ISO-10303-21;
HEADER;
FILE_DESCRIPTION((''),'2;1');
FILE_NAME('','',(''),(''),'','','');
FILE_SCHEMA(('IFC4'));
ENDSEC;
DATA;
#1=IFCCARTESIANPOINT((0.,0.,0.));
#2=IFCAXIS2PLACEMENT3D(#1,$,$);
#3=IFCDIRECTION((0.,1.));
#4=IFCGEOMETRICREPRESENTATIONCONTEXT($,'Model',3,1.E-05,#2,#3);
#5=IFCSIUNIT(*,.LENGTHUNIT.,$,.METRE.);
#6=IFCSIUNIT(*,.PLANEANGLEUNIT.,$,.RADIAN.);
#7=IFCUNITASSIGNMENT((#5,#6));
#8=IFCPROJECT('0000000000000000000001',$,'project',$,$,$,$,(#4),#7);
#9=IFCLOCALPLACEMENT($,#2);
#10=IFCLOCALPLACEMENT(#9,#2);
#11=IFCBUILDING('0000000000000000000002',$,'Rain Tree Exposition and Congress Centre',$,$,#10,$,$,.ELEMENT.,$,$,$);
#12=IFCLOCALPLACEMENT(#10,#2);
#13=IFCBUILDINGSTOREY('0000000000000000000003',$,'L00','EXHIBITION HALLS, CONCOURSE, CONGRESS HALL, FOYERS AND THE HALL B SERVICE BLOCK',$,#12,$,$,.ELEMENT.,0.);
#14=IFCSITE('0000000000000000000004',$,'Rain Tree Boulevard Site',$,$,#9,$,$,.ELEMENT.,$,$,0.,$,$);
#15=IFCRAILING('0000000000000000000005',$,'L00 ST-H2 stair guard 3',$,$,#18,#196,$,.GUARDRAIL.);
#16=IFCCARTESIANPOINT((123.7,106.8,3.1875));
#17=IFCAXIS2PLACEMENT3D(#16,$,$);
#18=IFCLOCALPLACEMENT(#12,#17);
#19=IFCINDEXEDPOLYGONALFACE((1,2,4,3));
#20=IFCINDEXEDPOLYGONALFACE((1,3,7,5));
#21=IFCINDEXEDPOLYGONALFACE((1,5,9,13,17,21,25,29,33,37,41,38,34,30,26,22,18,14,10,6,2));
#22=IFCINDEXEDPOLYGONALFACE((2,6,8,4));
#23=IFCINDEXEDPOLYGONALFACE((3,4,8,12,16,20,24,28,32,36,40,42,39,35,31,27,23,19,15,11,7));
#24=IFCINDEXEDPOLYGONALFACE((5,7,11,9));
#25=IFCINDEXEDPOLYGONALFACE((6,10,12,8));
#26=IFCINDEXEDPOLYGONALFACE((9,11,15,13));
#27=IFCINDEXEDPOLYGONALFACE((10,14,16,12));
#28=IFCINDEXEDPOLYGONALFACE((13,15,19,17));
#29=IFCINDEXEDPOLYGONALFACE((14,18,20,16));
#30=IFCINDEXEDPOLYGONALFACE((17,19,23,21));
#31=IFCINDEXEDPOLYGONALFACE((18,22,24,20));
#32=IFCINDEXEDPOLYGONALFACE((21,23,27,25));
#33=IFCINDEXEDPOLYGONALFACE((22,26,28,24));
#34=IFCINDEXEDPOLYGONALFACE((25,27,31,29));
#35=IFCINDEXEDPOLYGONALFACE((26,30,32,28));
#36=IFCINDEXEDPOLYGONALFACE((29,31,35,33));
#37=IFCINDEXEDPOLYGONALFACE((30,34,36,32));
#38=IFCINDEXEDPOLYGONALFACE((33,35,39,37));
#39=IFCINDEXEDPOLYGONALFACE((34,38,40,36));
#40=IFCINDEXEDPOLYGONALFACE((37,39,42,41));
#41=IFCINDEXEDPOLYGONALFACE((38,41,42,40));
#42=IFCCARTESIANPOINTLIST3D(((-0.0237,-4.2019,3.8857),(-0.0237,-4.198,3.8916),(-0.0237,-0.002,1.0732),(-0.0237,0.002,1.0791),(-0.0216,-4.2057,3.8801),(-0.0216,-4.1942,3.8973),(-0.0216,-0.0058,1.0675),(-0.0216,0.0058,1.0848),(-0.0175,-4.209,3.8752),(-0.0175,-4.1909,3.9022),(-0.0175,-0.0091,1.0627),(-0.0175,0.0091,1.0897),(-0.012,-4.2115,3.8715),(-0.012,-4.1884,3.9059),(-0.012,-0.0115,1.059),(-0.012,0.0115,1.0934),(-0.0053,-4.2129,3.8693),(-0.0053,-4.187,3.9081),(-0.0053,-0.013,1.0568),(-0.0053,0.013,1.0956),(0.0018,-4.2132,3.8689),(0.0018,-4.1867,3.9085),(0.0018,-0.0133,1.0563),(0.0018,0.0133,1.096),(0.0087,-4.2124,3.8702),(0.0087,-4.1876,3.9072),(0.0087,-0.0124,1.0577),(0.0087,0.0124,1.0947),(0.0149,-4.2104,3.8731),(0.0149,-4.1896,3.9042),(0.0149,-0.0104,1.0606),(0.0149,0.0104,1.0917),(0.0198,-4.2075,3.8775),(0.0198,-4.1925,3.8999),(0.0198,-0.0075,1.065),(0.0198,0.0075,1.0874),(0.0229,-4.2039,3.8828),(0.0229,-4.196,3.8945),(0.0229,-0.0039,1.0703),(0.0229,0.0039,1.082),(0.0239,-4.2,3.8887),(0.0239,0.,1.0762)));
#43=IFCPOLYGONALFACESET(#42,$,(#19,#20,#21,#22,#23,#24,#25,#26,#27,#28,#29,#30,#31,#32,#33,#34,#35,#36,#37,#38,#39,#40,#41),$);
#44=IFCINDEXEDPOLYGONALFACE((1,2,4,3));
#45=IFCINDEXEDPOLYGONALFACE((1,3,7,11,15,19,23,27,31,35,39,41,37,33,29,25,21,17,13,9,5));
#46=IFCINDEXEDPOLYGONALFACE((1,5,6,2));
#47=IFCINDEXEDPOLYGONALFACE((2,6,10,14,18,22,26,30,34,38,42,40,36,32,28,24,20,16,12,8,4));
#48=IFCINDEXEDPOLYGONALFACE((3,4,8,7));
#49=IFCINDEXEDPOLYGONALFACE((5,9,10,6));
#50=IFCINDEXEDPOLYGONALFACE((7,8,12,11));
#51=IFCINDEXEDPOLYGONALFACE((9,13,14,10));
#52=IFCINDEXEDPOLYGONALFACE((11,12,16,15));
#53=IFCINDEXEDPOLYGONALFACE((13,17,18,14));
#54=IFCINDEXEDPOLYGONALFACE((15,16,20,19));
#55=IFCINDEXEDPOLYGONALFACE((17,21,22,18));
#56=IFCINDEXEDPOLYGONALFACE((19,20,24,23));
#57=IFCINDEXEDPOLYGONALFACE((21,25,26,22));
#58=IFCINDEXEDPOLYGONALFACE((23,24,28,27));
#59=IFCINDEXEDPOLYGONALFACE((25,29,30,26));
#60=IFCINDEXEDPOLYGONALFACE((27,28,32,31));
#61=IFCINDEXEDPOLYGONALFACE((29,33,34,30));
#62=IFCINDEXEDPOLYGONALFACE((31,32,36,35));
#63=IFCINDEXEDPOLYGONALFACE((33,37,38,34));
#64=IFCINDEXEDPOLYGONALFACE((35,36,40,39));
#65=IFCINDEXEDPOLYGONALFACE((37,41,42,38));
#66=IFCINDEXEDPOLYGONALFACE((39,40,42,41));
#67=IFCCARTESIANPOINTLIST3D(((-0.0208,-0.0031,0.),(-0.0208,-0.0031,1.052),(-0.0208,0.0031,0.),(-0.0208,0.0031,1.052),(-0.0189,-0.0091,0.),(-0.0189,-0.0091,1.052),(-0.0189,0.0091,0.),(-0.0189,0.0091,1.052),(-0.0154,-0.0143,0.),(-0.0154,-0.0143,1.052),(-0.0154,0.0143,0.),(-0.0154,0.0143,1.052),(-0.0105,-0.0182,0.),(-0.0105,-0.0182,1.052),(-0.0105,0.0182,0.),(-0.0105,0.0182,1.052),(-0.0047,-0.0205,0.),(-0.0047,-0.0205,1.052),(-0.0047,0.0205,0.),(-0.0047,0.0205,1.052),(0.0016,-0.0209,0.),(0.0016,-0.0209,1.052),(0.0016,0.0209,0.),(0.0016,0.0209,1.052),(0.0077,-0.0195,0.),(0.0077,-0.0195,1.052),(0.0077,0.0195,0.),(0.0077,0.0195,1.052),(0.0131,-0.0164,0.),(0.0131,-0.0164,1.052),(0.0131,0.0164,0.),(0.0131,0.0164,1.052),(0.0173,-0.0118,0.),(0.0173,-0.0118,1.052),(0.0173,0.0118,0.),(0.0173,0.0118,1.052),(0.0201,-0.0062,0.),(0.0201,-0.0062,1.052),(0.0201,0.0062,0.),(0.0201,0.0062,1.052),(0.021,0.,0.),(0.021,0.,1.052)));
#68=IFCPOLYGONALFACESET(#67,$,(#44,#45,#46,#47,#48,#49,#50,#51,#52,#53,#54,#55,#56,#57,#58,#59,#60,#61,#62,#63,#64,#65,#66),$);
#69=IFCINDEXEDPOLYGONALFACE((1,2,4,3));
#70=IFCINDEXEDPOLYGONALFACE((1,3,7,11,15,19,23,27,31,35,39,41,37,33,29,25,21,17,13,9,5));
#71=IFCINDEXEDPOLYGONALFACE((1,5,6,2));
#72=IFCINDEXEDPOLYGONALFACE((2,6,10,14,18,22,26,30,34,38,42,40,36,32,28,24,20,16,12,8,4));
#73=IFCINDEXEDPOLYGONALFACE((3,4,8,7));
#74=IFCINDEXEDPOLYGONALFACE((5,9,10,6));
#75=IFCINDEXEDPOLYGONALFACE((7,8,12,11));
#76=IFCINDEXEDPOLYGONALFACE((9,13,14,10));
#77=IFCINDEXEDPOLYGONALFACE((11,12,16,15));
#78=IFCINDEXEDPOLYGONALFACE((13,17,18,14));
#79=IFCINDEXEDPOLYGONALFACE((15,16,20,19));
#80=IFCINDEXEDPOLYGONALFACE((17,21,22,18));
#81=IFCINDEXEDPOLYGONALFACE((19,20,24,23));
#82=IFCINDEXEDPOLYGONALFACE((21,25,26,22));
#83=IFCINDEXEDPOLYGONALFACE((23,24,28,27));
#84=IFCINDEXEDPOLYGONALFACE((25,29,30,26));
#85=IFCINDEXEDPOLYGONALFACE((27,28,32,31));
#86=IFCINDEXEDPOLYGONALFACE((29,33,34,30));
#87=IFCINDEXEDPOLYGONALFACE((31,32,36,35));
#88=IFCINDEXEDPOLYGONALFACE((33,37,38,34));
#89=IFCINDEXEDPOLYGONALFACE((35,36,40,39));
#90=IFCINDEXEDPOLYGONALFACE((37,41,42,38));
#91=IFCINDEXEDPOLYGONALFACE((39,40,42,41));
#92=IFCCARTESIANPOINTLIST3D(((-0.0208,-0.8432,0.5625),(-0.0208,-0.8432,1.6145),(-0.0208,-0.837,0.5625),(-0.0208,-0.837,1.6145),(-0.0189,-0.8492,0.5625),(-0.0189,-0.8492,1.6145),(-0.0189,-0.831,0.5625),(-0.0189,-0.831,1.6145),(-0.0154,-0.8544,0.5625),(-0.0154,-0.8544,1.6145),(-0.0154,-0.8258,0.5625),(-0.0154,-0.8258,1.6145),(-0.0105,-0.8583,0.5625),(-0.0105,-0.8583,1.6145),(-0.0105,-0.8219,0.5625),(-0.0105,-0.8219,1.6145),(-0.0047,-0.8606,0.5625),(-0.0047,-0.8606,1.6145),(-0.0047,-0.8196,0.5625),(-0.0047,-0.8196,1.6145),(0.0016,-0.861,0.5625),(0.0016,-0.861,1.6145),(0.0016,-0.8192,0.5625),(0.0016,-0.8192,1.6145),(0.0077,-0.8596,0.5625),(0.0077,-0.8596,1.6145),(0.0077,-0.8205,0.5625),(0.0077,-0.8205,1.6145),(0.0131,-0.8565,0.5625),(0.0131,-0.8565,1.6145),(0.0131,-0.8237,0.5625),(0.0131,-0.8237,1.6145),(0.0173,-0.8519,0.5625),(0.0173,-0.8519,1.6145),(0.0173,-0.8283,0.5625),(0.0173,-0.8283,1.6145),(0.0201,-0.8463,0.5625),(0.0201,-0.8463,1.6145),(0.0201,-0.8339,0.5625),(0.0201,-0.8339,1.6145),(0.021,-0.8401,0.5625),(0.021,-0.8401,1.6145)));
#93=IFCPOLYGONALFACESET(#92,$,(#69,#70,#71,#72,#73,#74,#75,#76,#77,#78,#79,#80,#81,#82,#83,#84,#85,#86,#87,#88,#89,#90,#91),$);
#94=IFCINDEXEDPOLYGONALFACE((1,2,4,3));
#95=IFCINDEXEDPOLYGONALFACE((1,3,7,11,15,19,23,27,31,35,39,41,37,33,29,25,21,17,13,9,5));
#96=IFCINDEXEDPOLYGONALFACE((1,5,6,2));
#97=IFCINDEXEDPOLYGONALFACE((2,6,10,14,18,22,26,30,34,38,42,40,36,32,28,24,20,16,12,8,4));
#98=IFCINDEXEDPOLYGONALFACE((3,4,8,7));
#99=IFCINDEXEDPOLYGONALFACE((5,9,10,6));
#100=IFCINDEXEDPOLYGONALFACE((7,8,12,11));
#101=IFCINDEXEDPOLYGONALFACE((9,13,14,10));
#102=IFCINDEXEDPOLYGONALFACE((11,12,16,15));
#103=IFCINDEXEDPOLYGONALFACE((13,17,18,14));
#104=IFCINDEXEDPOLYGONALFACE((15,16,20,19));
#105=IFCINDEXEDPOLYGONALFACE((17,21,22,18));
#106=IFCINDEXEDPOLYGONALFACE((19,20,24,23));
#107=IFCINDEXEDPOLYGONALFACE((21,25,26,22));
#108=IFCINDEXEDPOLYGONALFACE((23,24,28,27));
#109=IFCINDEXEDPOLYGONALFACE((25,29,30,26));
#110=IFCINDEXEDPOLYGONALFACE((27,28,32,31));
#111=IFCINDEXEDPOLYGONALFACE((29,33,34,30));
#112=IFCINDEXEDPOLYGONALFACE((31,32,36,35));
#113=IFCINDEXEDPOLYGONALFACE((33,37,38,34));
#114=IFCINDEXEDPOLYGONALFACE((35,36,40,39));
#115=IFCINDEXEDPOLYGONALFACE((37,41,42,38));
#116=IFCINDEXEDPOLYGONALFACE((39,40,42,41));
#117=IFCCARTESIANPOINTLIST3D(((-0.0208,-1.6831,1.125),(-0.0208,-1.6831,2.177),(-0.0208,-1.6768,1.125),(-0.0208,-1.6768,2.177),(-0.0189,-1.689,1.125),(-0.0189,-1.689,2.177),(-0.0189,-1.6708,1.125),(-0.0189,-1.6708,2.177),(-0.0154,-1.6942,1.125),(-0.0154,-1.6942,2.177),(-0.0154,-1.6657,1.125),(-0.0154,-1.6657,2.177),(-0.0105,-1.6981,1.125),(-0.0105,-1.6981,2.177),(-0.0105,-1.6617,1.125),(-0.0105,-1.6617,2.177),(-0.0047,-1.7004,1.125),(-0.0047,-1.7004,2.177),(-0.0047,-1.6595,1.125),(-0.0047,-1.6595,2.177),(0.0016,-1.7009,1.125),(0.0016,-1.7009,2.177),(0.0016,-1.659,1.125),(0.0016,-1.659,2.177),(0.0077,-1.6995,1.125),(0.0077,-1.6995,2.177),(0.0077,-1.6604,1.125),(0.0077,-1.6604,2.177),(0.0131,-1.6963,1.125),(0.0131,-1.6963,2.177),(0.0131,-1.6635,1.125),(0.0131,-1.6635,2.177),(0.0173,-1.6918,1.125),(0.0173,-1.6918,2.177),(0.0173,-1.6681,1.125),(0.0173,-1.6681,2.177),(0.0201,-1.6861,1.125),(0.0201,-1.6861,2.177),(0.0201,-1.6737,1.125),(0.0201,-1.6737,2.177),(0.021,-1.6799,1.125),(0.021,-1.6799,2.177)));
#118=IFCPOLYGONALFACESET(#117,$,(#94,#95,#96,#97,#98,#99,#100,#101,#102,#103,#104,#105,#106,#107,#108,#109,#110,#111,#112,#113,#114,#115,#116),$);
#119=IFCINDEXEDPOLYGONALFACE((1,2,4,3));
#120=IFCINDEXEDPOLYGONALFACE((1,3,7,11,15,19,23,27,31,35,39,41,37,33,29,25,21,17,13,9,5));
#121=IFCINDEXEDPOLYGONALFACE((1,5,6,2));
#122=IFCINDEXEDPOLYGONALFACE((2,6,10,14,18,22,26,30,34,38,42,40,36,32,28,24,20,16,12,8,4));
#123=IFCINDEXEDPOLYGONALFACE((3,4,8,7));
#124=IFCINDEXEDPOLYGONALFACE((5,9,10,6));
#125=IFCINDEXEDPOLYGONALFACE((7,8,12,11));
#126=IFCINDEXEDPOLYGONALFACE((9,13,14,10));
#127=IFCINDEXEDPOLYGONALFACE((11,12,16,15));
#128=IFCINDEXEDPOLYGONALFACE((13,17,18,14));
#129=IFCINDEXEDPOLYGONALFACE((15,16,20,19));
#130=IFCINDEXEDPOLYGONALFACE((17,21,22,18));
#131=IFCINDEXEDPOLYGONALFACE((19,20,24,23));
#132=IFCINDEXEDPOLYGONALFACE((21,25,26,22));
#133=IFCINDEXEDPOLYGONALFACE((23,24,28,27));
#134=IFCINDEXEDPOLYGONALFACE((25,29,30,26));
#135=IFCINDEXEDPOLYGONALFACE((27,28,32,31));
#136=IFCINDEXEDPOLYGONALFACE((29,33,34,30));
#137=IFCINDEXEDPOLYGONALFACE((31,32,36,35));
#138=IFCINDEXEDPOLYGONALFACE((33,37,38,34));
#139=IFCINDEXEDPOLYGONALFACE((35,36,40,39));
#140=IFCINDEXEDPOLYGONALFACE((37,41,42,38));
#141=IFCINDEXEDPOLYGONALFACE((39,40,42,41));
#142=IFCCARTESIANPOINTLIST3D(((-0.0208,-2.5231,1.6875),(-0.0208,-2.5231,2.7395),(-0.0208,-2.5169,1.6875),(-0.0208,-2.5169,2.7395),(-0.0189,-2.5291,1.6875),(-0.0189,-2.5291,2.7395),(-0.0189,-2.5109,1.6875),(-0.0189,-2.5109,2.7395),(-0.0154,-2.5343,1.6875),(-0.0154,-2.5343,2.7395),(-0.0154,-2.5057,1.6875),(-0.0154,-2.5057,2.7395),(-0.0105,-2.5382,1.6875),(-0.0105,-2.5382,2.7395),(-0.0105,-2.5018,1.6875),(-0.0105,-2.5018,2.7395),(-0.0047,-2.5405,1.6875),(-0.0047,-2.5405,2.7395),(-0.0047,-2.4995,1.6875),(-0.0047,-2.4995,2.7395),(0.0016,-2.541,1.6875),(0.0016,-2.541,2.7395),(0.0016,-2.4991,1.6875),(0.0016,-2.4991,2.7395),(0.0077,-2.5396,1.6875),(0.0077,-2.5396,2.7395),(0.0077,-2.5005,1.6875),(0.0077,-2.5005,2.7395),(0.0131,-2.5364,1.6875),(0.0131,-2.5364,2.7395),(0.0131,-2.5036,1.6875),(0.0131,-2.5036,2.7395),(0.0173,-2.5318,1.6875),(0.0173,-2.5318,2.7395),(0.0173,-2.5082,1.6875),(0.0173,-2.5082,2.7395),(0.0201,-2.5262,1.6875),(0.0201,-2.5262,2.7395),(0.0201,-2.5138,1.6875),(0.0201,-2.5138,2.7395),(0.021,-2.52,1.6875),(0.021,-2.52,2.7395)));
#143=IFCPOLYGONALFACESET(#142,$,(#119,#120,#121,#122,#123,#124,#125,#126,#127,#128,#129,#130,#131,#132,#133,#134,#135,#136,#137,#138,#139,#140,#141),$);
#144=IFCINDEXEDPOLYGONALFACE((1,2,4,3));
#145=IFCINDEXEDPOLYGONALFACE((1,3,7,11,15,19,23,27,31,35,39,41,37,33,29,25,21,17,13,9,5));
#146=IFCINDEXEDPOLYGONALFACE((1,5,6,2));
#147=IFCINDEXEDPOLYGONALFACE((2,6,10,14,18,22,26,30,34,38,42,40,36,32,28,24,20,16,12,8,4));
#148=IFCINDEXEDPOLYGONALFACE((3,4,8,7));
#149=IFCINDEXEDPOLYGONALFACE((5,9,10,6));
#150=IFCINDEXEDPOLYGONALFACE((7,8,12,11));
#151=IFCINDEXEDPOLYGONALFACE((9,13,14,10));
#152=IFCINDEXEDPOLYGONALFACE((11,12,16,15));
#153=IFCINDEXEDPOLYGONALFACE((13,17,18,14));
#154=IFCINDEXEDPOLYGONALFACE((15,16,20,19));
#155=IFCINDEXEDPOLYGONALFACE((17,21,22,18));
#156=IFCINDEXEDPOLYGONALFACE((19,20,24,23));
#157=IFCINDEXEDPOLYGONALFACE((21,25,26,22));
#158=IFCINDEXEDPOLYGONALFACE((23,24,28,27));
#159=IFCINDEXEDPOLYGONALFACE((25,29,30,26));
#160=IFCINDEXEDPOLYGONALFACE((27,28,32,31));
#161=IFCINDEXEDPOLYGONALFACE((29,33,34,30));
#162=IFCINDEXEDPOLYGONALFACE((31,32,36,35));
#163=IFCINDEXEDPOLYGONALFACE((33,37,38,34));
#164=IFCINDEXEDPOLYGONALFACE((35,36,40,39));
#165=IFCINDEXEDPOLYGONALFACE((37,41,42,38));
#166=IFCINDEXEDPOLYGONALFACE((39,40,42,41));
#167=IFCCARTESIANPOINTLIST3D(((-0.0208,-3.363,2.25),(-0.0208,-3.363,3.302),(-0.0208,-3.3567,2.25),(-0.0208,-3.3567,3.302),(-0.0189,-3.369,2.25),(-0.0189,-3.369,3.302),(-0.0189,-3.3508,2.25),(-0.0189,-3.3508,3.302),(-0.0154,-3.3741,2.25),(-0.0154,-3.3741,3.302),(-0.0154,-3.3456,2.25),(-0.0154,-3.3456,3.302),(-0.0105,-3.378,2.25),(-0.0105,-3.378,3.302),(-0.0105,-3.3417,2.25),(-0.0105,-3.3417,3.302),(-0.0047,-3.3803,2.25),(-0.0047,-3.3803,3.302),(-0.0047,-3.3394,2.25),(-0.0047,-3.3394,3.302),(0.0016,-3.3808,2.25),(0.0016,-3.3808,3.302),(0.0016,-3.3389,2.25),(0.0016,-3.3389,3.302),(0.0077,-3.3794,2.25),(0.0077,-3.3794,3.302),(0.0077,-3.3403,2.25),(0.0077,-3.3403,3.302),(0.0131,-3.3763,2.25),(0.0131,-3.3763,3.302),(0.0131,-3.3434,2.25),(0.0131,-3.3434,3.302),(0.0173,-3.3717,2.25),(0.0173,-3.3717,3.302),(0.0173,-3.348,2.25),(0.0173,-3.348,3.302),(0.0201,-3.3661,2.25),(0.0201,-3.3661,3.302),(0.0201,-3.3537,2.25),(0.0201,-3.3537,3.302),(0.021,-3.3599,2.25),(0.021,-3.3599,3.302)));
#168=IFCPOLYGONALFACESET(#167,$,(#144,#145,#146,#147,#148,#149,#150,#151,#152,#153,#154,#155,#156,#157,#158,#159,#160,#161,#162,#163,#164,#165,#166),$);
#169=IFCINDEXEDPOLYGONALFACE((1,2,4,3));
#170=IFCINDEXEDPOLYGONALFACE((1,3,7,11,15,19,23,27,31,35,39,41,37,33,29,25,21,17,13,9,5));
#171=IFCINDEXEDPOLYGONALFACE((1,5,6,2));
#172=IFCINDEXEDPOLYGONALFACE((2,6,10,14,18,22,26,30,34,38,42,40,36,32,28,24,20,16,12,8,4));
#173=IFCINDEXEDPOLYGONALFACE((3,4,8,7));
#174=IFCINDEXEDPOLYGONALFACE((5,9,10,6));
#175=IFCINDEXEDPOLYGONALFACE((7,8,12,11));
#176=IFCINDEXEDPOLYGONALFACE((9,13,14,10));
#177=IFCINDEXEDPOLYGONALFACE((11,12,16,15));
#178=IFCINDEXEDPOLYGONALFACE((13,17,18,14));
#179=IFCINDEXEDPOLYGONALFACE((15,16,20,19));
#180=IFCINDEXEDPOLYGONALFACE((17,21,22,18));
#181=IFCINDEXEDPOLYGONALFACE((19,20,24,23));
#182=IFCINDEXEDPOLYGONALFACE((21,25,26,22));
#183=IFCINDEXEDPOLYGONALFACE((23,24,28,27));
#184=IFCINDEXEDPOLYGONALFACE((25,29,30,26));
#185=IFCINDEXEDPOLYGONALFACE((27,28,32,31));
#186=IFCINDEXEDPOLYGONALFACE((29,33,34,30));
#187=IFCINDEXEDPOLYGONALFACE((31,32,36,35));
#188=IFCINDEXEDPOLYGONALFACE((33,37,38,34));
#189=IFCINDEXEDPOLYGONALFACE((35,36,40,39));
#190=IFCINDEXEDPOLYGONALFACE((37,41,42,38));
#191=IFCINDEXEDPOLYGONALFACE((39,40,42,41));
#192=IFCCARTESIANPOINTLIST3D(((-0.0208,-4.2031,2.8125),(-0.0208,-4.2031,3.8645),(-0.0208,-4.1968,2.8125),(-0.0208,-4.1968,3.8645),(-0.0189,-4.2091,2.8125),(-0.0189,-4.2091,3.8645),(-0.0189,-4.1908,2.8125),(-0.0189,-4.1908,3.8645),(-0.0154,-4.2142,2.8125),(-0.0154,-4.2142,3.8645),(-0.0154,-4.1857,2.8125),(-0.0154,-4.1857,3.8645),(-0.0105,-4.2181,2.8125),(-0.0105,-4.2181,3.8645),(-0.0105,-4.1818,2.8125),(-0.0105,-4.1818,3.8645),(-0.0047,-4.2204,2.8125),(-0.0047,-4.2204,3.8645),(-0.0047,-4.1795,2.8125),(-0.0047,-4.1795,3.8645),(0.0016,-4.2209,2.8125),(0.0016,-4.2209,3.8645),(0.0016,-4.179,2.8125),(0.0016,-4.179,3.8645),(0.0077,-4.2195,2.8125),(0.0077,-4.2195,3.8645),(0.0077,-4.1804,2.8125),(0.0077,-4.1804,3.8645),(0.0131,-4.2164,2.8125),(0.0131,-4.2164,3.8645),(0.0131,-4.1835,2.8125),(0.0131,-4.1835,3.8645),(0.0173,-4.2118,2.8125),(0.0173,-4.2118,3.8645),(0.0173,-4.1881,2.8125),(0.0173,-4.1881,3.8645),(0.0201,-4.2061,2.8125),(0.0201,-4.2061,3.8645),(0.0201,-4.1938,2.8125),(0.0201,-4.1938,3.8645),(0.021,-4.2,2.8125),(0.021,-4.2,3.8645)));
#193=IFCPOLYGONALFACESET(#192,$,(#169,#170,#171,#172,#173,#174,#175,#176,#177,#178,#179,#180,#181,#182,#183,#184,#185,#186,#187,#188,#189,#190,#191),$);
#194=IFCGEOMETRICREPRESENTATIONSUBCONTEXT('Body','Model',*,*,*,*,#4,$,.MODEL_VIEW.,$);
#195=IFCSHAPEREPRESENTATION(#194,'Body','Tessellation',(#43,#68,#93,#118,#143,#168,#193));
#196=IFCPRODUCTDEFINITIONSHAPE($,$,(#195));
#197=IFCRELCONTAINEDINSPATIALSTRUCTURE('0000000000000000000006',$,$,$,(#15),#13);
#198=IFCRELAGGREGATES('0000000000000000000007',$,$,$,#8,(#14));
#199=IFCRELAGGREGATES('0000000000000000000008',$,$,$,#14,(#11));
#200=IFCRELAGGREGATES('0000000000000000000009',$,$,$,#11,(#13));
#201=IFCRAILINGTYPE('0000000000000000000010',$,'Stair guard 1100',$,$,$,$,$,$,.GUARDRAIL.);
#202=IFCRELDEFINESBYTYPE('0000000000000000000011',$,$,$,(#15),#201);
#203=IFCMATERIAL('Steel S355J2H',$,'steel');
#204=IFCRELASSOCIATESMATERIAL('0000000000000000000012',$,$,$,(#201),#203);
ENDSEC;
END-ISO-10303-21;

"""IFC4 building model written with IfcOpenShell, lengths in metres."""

from ifc_helpers import new_model, si_unit, direction, frame, origin, origin_2d, place, context, subcontext, project, spatial, circle, extrude, material, type_object, element, save


model = new_model("IFC4")

# Units and contexts
model_context = context("Model", 3, precision=1e-05, world=origin(), true_north=direction((0.0, 1.0)))
body_context = subcontext(model_context, "Body", "Model", "MODEL_VIEW")
ifc_project = project(units=[si_unit("LENGTHUNIT", "METRE"), si_unit("PLANEANGLEUNIT", "RADIAN")], contexts=[model_context])

# Site, building, storey
site_placement = place(None, origin())
site = spatial("IfcSite", under=ifc_project, at=site_placement, Name="Rain Tree Boulevard Site", CompositionType="ELEMENT", RefElevation=0.0)
building_placement = place(site_placement, origin())
building = spatial("IfcBuilding", under=site, at=building_placement, Name="Rain Tree Exposition and Congress Centre", CompositionType="ELEMENT")
storey_placement = place(building_placement, origin())
storey = spatial("IfcBuildingStorey", under=building, at=storey_placement, Name="L00", Description="EXHIBITION HALLS, CONCOURSE, CONGRESS HALL, FOYERS AND THE HALL B SERVICE BLOCK", CompositionType="ELEMENT", Elevation=0.0)

# Railing
ifc_material_1 = material(Name="Steel S355J2H", Category="steel")
railing_type_1 = type_object("IfcRailingType", Name="Stair guard 1100", PredefinedType="GUARDRAIL", material=ifc_material_1)
railing_1_placement = place(storey_placement, frame((123.7, 106.8, 3.1875)))
element("IfcRailing", 1, at=railing_1_placement, inside=storey, type_object=railing_type_1, Name="L00 ST-H2 stair guard 3", PredefinedType="GUARDRAIL", context=body_context, shape_type="SweptSolid", body=[
    extrude(circle(Radius=0.0239, at=origin_2d()), frame((0.0, 0.0, 1.0762), z_axis=(0.0, -0.830904, 0.556416), x_axis=(1.0, 0.0, 0.0)), (0.0, 0.0, 1.0), 5.0547),
    extrude(circle(Radius=0.021, at=origin_2d()), origin(), (0.0, 0.0, 1.0), 1.052),
    extrude(circle(Radius=0.021, at=origin_2d()), frame((0.0, -0.8401, 0.5625)), (0.0, 0.0, 1.0), 1.052),
    extrude(circle(Radius=0.021, at=origin_2d()), frame((0.0, -1.6799, 1.125)), (0.0, 0.0, 1.0), 1.052),
    extrude(circle(Radius=0.021, at=origin_2d()), frame((0.0, -2.52, 1.6875)), (0.0, 0.0, 1.0), 1.052),
    extrude(circle(Radius=0.021, at=origin_2d()), frame((0.0, -3.3599, 2.25)), (0.0, 0.0, 1.0), 1.052),
    extrude(circle(Radius=0.021, at=origin_2d()), frame((0.0, -4.2, 2.8125)), (0.0, 0.0, 1.0), 1.052),
])

save(model, "model.ifc")
